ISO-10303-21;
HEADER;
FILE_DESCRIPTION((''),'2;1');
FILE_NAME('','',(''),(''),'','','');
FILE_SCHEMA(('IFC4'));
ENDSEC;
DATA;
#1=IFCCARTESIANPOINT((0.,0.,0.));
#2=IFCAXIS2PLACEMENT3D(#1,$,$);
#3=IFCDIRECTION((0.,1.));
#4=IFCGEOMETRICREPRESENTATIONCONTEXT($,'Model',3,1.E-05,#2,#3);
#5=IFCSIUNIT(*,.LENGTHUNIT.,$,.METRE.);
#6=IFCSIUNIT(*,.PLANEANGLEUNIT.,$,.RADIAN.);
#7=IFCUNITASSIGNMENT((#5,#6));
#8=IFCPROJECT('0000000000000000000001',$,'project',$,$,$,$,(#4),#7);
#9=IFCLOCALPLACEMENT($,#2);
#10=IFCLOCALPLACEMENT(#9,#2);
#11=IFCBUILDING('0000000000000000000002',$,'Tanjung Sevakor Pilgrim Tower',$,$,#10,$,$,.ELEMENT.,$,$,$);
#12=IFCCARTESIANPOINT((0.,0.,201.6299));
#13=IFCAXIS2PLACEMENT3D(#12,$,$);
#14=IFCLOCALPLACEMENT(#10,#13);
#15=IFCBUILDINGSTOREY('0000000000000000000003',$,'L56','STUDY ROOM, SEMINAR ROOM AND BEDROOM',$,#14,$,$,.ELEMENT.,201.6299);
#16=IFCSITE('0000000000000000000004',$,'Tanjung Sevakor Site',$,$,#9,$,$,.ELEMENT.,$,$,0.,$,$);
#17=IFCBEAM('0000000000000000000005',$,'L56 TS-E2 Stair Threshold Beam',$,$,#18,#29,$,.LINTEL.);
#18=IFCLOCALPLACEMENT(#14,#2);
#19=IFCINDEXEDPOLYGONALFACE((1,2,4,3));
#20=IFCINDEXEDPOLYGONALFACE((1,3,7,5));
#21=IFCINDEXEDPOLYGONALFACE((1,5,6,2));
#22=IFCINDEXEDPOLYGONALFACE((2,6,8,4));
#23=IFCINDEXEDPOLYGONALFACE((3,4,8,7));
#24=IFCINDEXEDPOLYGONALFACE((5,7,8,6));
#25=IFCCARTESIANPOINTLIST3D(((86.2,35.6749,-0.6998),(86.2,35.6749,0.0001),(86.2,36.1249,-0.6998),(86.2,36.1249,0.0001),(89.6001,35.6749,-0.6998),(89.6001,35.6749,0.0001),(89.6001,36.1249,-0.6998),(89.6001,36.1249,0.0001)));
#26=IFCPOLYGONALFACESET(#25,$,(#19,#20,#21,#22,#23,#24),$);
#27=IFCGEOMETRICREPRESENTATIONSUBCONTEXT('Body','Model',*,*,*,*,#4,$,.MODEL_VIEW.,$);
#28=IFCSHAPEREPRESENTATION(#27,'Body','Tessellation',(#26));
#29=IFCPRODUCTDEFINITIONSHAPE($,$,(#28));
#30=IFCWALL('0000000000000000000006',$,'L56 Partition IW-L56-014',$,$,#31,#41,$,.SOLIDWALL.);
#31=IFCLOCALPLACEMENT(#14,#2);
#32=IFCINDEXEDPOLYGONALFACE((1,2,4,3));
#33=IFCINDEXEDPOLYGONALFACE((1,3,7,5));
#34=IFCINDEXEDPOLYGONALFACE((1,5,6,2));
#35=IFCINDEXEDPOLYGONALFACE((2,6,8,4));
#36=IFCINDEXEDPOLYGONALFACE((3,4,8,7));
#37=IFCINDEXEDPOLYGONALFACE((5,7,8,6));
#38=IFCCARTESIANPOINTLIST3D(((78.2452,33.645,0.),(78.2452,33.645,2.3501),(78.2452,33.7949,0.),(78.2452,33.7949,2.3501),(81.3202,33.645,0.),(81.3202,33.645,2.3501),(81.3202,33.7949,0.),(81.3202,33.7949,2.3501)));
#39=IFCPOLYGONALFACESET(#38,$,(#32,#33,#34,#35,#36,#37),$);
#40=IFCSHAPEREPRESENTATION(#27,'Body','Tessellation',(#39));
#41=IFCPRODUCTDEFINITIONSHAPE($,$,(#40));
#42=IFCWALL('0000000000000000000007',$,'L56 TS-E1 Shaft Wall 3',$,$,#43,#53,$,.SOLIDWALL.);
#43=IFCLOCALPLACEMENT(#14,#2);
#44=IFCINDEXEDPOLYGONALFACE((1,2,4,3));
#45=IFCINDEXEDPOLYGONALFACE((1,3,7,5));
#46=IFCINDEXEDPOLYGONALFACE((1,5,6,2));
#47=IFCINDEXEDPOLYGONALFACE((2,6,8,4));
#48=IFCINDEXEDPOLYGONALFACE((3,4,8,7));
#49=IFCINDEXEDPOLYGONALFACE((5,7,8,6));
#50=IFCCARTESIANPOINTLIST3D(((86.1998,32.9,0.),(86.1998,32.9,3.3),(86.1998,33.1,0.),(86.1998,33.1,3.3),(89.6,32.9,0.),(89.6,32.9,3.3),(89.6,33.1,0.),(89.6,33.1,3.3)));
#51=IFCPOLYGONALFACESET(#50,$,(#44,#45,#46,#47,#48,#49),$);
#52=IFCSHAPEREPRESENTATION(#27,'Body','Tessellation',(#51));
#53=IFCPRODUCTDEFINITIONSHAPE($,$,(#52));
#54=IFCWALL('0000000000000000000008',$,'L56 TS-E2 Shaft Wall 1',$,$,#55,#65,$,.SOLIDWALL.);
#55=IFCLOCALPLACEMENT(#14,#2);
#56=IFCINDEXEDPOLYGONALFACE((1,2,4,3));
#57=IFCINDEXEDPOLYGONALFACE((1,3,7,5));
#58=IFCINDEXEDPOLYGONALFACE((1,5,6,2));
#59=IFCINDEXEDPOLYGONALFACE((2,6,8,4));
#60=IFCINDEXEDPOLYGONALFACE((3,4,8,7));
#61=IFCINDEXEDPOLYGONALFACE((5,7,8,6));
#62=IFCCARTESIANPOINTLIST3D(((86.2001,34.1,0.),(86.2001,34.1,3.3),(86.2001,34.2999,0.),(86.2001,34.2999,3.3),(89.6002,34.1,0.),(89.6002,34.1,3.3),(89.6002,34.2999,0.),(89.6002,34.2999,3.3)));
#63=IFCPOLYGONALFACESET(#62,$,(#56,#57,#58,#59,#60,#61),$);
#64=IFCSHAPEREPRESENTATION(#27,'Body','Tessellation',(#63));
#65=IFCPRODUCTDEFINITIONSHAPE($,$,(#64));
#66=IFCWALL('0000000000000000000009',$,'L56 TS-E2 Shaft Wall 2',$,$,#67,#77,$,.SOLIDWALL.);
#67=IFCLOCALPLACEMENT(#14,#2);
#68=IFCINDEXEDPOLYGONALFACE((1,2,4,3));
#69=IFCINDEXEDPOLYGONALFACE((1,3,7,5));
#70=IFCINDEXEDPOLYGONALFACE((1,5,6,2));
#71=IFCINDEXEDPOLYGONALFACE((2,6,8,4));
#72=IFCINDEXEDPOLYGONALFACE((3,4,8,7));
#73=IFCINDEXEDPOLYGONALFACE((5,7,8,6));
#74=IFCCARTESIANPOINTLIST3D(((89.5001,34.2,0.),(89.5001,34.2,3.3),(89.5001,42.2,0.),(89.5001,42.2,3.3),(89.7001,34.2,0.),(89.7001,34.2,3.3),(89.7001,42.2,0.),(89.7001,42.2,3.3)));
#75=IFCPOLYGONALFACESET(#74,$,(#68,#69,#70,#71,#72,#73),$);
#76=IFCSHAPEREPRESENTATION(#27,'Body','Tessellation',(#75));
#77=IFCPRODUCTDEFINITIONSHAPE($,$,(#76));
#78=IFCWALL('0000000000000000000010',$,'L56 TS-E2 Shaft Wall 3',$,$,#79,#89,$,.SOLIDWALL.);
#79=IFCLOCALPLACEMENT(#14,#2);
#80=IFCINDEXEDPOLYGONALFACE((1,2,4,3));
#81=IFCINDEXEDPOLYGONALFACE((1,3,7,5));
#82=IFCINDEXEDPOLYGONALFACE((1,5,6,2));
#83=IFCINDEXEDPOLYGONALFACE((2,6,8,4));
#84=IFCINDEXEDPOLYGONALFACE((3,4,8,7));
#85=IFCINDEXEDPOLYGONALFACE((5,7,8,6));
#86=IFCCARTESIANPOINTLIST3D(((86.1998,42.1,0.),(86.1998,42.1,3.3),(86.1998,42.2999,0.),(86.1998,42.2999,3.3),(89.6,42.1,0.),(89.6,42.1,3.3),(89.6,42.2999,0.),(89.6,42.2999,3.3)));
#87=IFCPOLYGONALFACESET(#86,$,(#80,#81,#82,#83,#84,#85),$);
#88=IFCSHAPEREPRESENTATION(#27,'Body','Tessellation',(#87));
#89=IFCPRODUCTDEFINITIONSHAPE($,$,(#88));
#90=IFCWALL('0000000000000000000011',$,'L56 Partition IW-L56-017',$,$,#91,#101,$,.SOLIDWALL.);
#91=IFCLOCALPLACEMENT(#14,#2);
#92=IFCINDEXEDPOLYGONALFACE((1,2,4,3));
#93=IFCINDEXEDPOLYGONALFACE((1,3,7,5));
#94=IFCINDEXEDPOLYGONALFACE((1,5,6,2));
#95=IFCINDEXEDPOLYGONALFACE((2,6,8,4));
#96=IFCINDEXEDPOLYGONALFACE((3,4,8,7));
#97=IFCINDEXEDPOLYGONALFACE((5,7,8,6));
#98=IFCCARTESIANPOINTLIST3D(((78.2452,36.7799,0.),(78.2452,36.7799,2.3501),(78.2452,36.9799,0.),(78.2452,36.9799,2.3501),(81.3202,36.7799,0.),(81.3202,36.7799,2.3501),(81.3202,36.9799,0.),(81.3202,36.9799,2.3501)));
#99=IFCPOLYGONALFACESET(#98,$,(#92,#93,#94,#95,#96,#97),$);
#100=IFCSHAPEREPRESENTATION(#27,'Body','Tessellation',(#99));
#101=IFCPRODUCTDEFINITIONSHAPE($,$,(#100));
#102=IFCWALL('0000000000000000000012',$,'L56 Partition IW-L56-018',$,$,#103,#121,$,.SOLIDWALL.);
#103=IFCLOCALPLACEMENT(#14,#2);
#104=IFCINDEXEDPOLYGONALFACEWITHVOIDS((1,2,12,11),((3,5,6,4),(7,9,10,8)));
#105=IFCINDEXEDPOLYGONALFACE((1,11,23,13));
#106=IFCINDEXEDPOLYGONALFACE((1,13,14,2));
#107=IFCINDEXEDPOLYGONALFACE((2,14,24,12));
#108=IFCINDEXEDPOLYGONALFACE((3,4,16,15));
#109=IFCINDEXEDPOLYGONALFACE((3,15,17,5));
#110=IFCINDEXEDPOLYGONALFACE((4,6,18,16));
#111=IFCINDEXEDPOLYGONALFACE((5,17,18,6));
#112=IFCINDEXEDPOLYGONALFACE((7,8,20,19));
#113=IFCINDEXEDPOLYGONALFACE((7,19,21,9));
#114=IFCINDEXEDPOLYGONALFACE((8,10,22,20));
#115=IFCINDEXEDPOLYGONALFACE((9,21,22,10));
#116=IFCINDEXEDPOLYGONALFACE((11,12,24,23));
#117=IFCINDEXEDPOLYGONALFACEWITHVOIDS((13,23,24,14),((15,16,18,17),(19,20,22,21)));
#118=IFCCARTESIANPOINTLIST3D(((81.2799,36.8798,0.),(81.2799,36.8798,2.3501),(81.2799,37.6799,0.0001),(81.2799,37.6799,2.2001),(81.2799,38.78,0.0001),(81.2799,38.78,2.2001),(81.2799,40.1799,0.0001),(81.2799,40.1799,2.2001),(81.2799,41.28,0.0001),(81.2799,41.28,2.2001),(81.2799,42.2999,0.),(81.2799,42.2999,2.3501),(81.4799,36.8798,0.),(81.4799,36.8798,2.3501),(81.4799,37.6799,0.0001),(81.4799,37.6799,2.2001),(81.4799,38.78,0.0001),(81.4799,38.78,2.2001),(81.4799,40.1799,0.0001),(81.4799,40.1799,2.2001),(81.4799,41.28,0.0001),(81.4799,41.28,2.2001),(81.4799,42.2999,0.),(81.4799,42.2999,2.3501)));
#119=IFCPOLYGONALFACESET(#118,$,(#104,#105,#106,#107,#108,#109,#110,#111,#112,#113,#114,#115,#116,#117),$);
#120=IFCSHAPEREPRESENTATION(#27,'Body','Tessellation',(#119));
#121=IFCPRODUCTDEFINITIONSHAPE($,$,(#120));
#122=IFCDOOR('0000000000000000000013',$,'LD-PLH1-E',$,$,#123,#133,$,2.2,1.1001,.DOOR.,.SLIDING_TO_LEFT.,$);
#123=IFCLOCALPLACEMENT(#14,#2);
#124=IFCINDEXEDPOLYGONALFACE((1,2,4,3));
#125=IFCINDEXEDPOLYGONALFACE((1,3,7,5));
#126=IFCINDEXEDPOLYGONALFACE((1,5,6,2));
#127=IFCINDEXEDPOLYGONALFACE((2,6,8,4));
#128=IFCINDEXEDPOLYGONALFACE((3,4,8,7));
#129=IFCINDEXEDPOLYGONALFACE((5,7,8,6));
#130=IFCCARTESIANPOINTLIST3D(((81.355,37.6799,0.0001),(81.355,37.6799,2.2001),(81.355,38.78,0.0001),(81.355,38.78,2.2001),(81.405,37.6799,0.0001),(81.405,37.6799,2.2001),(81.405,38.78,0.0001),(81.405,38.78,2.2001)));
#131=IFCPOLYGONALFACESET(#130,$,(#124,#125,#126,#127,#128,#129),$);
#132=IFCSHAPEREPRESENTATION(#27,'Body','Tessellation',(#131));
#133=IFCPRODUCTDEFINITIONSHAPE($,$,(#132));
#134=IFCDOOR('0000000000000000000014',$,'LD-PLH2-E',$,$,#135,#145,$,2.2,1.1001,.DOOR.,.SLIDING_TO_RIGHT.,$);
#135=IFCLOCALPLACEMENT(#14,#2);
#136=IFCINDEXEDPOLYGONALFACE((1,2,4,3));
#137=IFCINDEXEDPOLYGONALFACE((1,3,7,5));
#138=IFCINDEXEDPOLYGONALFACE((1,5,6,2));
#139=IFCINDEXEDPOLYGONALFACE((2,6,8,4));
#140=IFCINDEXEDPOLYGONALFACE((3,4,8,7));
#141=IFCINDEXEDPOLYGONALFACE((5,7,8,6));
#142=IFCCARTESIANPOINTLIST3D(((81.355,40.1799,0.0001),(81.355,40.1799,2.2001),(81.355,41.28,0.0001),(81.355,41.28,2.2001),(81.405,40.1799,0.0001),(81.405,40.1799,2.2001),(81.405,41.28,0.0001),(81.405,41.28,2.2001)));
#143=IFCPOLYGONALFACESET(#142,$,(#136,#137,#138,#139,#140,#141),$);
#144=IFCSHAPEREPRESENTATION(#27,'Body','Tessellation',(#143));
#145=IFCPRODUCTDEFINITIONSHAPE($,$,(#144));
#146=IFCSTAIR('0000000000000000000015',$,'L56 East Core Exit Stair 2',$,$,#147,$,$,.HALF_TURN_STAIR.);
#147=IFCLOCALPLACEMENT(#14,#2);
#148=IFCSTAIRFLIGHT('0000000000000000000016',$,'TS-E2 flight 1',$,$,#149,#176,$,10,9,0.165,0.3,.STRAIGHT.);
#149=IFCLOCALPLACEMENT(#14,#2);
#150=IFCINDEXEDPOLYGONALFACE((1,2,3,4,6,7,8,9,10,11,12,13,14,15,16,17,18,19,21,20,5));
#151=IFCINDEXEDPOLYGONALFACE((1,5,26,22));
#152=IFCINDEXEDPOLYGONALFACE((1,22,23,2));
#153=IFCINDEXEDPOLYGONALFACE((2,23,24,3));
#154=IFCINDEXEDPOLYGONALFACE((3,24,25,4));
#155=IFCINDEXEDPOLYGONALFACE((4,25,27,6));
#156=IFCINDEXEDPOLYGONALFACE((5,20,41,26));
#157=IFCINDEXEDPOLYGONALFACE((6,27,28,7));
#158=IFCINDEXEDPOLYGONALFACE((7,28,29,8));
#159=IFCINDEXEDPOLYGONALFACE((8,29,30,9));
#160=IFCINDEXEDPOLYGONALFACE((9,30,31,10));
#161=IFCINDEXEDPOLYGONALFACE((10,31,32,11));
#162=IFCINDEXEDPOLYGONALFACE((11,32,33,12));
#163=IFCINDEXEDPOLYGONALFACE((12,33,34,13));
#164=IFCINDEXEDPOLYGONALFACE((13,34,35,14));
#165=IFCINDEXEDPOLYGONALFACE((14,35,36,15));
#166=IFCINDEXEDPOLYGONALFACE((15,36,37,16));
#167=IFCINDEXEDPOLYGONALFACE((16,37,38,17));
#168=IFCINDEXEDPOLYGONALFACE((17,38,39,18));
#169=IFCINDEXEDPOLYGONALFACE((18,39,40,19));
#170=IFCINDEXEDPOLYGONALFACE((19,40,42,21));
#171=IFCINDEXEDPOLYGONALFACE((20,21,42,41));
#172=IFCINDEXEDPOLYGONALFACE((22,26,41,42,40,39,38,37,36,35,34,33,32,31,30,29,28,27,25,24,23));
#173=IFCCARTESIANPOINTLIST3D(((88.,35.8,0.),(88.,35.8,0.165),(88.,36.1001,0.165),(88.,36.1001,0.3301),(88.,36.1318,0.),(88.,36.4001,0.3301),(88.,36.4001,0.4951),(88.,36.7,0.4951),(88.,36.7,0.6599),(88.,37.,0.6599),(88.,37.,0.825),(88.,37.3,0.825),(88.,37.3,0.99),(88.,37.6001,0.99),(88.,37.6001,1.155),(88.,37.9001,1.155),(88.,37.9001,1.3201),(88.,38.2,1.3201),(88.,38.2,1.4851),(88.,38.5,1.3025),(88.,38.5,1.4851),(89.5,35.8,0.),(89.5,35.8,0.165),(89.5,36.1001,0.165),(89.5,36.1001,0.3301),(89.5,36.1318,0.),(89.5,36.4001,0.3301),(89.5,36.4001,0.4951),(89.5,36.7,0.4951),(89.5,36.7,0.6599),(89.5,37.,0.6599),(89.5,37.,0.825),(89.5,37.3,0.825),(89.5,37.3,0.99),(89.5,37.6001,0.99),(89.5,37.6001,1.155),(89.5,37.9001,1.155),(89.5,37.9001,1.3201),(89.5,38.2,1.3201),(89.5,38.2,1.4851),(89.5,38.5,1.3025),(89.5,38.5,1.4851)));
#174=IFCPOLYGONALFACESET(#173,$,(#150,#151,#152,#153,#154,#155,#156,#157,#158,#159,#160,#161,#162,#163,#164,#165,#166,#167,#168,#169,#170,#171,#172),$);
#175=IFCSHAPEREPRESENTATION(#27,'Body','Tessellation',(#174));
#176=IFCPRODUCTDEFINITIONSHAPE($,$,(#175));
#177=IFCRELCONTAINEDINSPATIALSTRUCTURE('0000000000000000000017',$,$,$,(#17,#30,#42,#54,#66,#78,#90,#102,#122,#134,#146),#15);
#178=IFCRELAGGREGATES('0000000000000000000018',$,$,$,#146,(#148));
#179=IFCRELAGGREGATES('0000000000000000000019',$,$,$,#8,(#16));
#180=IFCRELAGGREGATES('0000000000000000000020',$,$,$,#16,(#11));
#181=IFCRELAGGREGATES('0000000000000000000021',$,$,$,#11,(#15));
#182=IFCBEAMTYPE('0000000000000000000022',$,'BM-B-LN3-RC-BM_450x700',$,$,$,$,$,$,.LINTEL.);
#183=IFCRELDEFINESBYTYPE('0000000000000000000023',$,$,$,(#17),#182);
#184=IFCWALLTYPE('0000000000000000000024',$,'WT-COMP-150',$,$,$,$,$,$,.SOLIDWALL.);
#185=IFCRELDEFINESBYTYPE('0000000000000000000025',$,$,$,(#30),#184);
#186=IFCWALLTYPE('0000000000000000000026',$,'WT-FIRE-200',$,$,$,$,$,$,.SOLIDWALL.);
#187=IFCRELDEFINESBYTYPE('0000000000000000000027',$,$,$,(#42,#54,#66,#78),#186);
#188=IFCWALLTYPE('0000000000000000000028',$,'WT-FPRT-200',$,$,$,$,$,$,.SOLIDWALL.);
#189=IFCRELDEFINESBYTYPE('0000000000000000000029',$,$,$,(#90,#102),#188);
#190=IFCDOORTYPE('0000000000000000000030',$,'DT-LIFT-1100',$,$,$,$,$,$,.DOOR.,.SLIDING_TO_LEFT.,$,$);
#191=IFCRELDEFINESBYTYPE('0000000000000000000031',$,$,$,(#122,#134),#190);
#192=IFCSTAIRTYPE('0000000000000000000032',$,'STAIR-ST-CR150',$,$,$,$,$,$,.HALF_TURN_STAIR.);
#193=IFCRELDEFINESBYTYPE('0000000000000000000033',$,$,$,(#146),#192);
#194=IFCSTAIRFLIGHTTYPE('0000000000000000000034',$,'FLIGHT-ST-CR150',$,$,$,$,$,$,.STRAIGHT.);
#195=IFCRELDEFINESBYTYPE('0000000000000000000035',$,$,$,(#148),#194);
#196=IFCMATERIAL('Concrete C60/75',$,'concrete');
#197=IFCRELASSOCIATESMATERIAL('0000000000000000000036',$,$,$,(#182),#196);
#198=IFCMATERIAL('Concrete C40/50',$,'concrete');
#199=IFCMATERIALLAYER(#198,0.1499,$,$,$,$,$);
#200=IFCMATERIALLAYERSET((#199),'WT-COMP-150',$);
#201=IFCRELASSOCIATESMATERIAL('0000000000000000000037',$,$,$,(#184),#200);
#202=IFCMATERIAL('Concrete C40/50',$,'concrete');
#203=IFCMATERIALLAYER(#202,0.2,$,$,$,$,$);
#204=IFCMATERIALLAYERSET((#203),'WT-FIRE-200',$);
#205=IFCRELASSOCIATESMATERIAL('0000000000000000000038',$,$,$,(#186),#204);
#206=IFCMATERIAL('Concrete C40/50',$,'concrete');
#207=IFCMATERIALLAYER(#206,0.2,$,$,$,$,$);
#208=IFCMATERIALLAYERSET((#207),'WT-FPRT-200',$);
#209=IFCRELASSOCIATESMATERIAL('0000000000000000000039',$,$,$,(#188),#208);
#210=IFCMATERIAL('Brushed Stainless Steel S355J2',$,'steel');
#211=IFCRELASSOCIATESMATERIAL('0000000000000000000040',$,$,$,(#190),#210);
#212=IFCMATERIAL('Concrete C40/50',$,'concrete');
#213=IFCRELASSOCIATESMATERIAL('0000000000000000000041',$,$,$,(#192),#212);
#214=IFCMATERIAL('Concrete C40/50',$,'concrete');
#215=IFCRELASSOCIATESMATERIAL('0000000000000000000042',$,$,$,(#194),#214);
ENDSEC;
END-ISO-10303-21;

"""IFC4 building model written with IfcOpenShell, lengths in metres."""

from ifc_helpers import new_model, si_unit, direction, frame, frame_2d, origin, origin_2d, place, context, subcontext, project, spatial, polyline, rectangle, outline, extrude, material, layer, layer_set, material_profile, profile_set, type_object, element, fill, aggregate, save


model = new_model("IFC4")

# Units and contexts
model_context = context("Model", 3, precision=1e-05, world=origin(), true_north=direction((0.0, 1.0)))
body_context = subcontext(model_context, "Body", "Model", "MODEL_VIEW")
ifc_project = project(units=[si_unit("LENGTHUNIT", "METRE"), si_unit("PLANEANGLEUNIT", "RADIAN")], contexts=[model_context])

# Site, building, storey
site_placement = place(None, origin())
site = spatial("IfcSite", under=ifc_project, at=site_placement, Name="Tanjung Sevakor Site", CompositionType="ELEMENT", RefElevation=0.0)
building_placement = place(site_placement, origin())
building = spatial("IfcBuilding", under=site, at=building_placement, Name="Tanjung Sevakor Pilgrim Tower", CompositionType="ELEMENT")
storey_placement = place(building_placement, frame((0.0, 0.0, 201.6299)))
storey = spatial("IfcBuildingStorey", under=building, at=storey_placement, Name="L56", Description="STUDY ROOM, SEMINAR ROOM AND BEDROOM", CompositionType="ELEMENT", Elevation=201.6299)

# Beam
ifc_material_1 = material(Name="Concrete C60/75", Category="concrete")
ifc_material_profile = material_profile(ifc_material_1, rectangle(XDim=0.45, YDim=0.7, at=origin_2d()))
ifc_profile_set = profile_set([ifc_material_profile], Name="Concrete C60/75")
beam_type = type_object("IfcBeamType", Name="BM-B-LN3-RC-BM_450x700", PredefinedType="LINTEL", material=ifc_profile_set)
beam_placement = place(storey_placement, frame((86.2, 35.8999, -0.3499), z_axis=(1.0, 0.0, 0.0), x_axis=(0.0, 1.0, 0.0)))
element("IfcBeam", 1, at=beam_placement, inside=storey, type_object=beam_type, Name="L56 TS-E2 Stair Threshold Beam", PredefinedType="LINTEL", context=body_context, shape_type="SweptSolid", body=[
    extrude(rectangle(XDim=0.45, YDim=0.7, at=origin_2d()), origin(), (0.0, 0.0, 1.0), 3.4001),
])

# Wall
ifc_material_2 = material(Name="Concrete C40/50", Category="concrete")
ifc_layer_1 = layer(ifc_material_2, 0.1499)
ifc_layer_set_1 = layer_set([ifc_layer_1], Name="WT-COMP-150")
wall_type_1 = type_object("IfcWallType", Name="WT-COMP-150", PredefinedType="SOLIDWALL", material=ifc_layer_set_1)
wall_1_placement = place(storey_placement, frame((78.2451, 33.72, 0.0), z_axis=(0.0, 0.0, 1.0), x_axis=(1.0, 0.0, 0.0)))
element("IfcWall", 2, at=wall_1_placement, inside=storey, type_object=wall_type_1, Name="L56 Partition IW-L56-014", PredefinedType="SOLIDWALL", context=body_context, shape_type="SweptSolid", body=[
    extrude(rectangle(XDim=3.075, YDim=0.1499, at=frame_2d((1.5376, 0.0))), origin(), (0.0, 0.0, 1.0), 2.3501),
])

# Walls
ifc_material_3 = material(Name="Concrete C40/50", Category="concrete")
ifc_layer_2 = layer(ifc_material_3, 0.2)
ifc_layer_set_2 = layer_set([ifc_layer_2], Name="WT-FIRE-200")
wall_type_2 = type_object("IfcWallType", Name="WT-FIRE-200", PredefinedType="SOLIDWALL", material=ifc_layer_set_2)
for number, where, z_axis, x_axis, name in (
    (3, (89.6001, 33.0, 0.0), (0.0, 0.0, 1.0), (-1.0, 0.0, 0.0), "L56 TS-E1 Shaft Wall 3"),
    (4, (86.2, 34.2, 0.0), (0.0, 0.0, 1.0), (1.0, 0.0, 0.0), "L56 TS-E2 Shaft Wall 1"),
):
    element("IfcWall", number, at=place(storey_placement, frame(where, z_axis=z_axis, x_axis=x_axis)), inside=storey, type_object=wall_type_2, Name=name, PredefinedType="SOLIDWALL", context=body_context, shape_type="SweptSolid", body=[
        extrude(rectangle(XDim=3.4001, YDim=0.2, at=frame_2d((1.7002, 0.0))), origin(), (0.0, 0.0, 1.0), 3.3),
    ])
wall_2_placement = place(storey_placement, frame((89.6001, 34.2, 0.0), z_axis=(0.0, 0.0, 1.0), x_axis=(0.0, 1.0, 0.0)))
element("IfcWall", 5, at=wall_2_placement, inside=storey, type_object=wall_type_2, Name="L56 TS-E2 Shaft Wall 2", PredefinedType="SOLIDWALL", context=body_context, shape_type="SweptSolid", body=[
    extrude(rectangle(XDim=8.0, YDim=0.2, at=frame_2d((4.0, 0.0))), origin(), (0.0, 0.0, 1.0), 3.3),
])
wall_3_placement = place(storey_placement, frame((89.6001, 42.2, 0.0), z_axis=(0.0, 0.0, 1.0), x_axis=(-1.0, 0.0, 0.0)))
element("IfcWall", 6, at=wall_3_placement, inside=storey, type_object=wall_type_2, Name="L56 TS-E2 Shaft Wall 3", PredefinedType="SOLIDWALL", context=body_context, shape_type="SweptSolid", body=[
    extrude(rectangle(XDim=3.4001, YDim=0.2, at=frame_2d((1.7002, 0.0))), origin(), (0.0, 0.0, 1.0), 3.3),
])
ifc_material_4 = material(Name="Concrete C40/50", Category="concrete")
ifc_layer_3 = layer(ifc_material_4, 0.2)
ifc_layer_set_3 = layer_set([ifc_layer_3], Name="WT-FPRT-200")
wall_type_3 = type_object("IfcWallType", Name="WT-FPRT-200", PredefinedType="SOLIDWALL", material=ifc_layer_set_3)
wall_4_placement = place(storey_placement, frame((78.2451, 36.8799, 0.0), z_axis=(0.0, 0.0, 1.0), x_axis=(1.0, 0.0, 0.0)))
element("IfcWall", 7, at=wall_4_placement, inside=storey, type_object=wall_type_3, Name="L56 Partition IW-L56-017", PredefinedType="SOLIDWALL", context=body_context, shape_type="SweptSolid", body=[
    extrude(rectangle(XDim=3.075, YDim=0.2, at=frame_2d((1.5376, 0.0))), origin(), (0.0, 0.0, 1.0), 2.3501),
])

# Wall, openings, doors
wall_5_placement = place(storey_placement, frame((81.3799, 36.8799, 0.0), z_axis=(0.0, 0.0, 1.0), x_axis=(0.0, 1.0, 0.0)))
wall_5 = element("IfcWall", 8, at=wall_5_placement, inside=storey, type_object=wall_type_3, Name="L56 Partition IW-L56-018", PredefinedType="SOLIDWALL", context=body_context, shape_type="SweptSolid", body=[
    extrude(rectangle(XDim=5.4202, YDim=0.2, at=frame_2d((2.71, 0.0))), origin(), (0.0, 0.0, 1.0), 2.3501),
])
opening_1_placement = place(wall_5_placement, frame((0.8, 0.0, 0.0)))
opening_1 = element("IfcOpeningElement", 9, at=opening_1_placement, cuts=wall_5, PredefinedType="OPENING", context=body_context, shape_type="SweptSolid", body=[
    extrude(rectangle(XDim=1.1001, YDim=2.2, at=frame_2d((0.55, 1.1001))), frame((0.0, 0.1099, 0.0), z_axis=(0.0, -1.0, 0.0), x_axis=(1.0, 0.0, 0.0)), (0.0, 0.0, 1.0), 0.22),
])
opening_2_placement = place(wall_5_placement, frame((3.3, 0.0, 0.0)))
opening_2 = element("IfcOpeningElement", 10, at=opening_2_placement, cuts=wall_5, PredefinedType="OPENING", context=body_context, shape_type="SweptSolid", body=[
    extrude(rectangle(XDim=1.1001, YDim=2.2, at=frame_2d((0.55, 1.1001))), frame((0.0, 0.1099, 0.0), z_axis=(0.0, -1.0, 0.0), x_axis=(1.0, 0.0, 0.0)), (0.0, 0.0, 1.0), 0.22),
])
ifc_material_5 = material(Name="Brushed Stainless Steel S355J2", Category="steel")
door_type_1 = type_object("IfcDoorType", Name="DT-LIFT-1100", OperationType="SLIDING_TO_LEFT", PredefinedType="DOOR", material=ifc_material_5)
door_1_placement = place(opening_1_placement, origin())
door_1 = element("IfcDoor", 11, at=door_1_placement, inside=storey, type_object=door_type_1, Name="LD-PLH1-E", OperationType="SLIDING_TO_LEFT", OverallHeight=2.2, OverallWidth=1.1001, PredefinedType="DOOR", context=body_context, shape_type="SweptSolid", body=[
    extrude(rectangle(XDim=1.1001, YDim=2.2, at=frame_2d((0.55, 1.1001))), frame((0.0, 0.0249, 0.0), z_axis=(0.0, -1.0, 0.0), x_axis=(1.0, 0.0, 0.0)), (0.0, 0.0, 1.0), 0.05),
])
fill(opening_1, door_1)
door_2_placement = place(opening_2_placement, origin())
door_2 = element("IfcDoor", 12, at=door_2_placement, inside=storey, type_object=door_type_1, Name="LD-PLH2-E", OperationType="SLIDING_TO_RIGHT", OverallHeight=2.2, OverallWidth=1.1001, PredefinedType="DOOR", context=body_context, shape_type="SweptSolid", body=[
    extrude(rectangle(XDim=1.1001, YDim=2.2, at=frame_2d((0.55, 1.1001))), frame((0.0, 0.0249, 0.0), z_axis=(0.0, -1.0, 0.0), x_axis=(1.0, 0.0, 0.0)), (0.0, 0.0, 1.0), 0.05),
])
fill(opening_2, door_2)

# Stair, stair flight
ifc_material_6 = material(Name="Concrete C40/50", Category="concrete")
stair_type = type_object("IfcStairType", Name="STAIR-ST-CR150", PredefinedType="HALF_TURN_STAIR", material=ifc_material_6)
stair_placement = place(storey_placement, origin())
stair = element("IfcStair", 13, at=stair_placement, inside=storey, type_object=stair_type, Name="L56 East Core Exit Stair 2", PredefinedType="HALF_TURN_STAIR")
ifc_material_7 = material(Name="Concrete C40/50", Category="concrete")
stair_flight_type = type_object("IfcStairFlightType", Name="FLIGHT-ST-CR150", PredefinedType="STRAIGHT", material=ifc_material_7)
stair_flight_1_placement = place(storey_placement, frame((88.75, 35.8, 0.0), z_axis=(0.0, 0.0, 1.0), x_axis=(0.0, 1.0, 0.0)))
stair_flight_1 = element("IfcStairFlight", 14, at=stair_flight_1_placement, type_object=stair_flight_type, Name="TS-E2 flight 1", NumberOfRisers=10, NumberOfTreads=9, PredefinedType="STRAIGHT", RiserHeight=0.165, TreadLength=0.3, context=body_context, shape_type="SweptSolid", body=[
    extrude(outline(polyline([(0.0, 0.0), (0.0, 0.165), (0.3, 0.165), (0.3, 0.3301), (0.6001, 0.3301), (0.6001, 0.4951), (0.8999, 0.4951), (0.8999, 0.6599), (1.2, 0.6599), (1.2, 0.825), (1.5, 0.825), (1.5, 0.99), (1.8, 0.99), (1.8, 1.155), (2.1001, 1.155), (2.1001, 1.3201), (2.3999, 1.3201), (2.3999, 1.4851), (2.7, 1.4851), (2.7, 1.6499), (2.7, 1.3025), (0.3318, 0.0), (0.0, 0.0)])), frame((0.0, 0.75, 0.0), z_axis=(0.0, -1.0, 0.0), x_axis=(1.0, 0.0, 0.0)), (0.0, 0.0, 1.0), 1.5),
])
aggregate(stair, [stair_flight_1])

save(model, "model.ifc")
